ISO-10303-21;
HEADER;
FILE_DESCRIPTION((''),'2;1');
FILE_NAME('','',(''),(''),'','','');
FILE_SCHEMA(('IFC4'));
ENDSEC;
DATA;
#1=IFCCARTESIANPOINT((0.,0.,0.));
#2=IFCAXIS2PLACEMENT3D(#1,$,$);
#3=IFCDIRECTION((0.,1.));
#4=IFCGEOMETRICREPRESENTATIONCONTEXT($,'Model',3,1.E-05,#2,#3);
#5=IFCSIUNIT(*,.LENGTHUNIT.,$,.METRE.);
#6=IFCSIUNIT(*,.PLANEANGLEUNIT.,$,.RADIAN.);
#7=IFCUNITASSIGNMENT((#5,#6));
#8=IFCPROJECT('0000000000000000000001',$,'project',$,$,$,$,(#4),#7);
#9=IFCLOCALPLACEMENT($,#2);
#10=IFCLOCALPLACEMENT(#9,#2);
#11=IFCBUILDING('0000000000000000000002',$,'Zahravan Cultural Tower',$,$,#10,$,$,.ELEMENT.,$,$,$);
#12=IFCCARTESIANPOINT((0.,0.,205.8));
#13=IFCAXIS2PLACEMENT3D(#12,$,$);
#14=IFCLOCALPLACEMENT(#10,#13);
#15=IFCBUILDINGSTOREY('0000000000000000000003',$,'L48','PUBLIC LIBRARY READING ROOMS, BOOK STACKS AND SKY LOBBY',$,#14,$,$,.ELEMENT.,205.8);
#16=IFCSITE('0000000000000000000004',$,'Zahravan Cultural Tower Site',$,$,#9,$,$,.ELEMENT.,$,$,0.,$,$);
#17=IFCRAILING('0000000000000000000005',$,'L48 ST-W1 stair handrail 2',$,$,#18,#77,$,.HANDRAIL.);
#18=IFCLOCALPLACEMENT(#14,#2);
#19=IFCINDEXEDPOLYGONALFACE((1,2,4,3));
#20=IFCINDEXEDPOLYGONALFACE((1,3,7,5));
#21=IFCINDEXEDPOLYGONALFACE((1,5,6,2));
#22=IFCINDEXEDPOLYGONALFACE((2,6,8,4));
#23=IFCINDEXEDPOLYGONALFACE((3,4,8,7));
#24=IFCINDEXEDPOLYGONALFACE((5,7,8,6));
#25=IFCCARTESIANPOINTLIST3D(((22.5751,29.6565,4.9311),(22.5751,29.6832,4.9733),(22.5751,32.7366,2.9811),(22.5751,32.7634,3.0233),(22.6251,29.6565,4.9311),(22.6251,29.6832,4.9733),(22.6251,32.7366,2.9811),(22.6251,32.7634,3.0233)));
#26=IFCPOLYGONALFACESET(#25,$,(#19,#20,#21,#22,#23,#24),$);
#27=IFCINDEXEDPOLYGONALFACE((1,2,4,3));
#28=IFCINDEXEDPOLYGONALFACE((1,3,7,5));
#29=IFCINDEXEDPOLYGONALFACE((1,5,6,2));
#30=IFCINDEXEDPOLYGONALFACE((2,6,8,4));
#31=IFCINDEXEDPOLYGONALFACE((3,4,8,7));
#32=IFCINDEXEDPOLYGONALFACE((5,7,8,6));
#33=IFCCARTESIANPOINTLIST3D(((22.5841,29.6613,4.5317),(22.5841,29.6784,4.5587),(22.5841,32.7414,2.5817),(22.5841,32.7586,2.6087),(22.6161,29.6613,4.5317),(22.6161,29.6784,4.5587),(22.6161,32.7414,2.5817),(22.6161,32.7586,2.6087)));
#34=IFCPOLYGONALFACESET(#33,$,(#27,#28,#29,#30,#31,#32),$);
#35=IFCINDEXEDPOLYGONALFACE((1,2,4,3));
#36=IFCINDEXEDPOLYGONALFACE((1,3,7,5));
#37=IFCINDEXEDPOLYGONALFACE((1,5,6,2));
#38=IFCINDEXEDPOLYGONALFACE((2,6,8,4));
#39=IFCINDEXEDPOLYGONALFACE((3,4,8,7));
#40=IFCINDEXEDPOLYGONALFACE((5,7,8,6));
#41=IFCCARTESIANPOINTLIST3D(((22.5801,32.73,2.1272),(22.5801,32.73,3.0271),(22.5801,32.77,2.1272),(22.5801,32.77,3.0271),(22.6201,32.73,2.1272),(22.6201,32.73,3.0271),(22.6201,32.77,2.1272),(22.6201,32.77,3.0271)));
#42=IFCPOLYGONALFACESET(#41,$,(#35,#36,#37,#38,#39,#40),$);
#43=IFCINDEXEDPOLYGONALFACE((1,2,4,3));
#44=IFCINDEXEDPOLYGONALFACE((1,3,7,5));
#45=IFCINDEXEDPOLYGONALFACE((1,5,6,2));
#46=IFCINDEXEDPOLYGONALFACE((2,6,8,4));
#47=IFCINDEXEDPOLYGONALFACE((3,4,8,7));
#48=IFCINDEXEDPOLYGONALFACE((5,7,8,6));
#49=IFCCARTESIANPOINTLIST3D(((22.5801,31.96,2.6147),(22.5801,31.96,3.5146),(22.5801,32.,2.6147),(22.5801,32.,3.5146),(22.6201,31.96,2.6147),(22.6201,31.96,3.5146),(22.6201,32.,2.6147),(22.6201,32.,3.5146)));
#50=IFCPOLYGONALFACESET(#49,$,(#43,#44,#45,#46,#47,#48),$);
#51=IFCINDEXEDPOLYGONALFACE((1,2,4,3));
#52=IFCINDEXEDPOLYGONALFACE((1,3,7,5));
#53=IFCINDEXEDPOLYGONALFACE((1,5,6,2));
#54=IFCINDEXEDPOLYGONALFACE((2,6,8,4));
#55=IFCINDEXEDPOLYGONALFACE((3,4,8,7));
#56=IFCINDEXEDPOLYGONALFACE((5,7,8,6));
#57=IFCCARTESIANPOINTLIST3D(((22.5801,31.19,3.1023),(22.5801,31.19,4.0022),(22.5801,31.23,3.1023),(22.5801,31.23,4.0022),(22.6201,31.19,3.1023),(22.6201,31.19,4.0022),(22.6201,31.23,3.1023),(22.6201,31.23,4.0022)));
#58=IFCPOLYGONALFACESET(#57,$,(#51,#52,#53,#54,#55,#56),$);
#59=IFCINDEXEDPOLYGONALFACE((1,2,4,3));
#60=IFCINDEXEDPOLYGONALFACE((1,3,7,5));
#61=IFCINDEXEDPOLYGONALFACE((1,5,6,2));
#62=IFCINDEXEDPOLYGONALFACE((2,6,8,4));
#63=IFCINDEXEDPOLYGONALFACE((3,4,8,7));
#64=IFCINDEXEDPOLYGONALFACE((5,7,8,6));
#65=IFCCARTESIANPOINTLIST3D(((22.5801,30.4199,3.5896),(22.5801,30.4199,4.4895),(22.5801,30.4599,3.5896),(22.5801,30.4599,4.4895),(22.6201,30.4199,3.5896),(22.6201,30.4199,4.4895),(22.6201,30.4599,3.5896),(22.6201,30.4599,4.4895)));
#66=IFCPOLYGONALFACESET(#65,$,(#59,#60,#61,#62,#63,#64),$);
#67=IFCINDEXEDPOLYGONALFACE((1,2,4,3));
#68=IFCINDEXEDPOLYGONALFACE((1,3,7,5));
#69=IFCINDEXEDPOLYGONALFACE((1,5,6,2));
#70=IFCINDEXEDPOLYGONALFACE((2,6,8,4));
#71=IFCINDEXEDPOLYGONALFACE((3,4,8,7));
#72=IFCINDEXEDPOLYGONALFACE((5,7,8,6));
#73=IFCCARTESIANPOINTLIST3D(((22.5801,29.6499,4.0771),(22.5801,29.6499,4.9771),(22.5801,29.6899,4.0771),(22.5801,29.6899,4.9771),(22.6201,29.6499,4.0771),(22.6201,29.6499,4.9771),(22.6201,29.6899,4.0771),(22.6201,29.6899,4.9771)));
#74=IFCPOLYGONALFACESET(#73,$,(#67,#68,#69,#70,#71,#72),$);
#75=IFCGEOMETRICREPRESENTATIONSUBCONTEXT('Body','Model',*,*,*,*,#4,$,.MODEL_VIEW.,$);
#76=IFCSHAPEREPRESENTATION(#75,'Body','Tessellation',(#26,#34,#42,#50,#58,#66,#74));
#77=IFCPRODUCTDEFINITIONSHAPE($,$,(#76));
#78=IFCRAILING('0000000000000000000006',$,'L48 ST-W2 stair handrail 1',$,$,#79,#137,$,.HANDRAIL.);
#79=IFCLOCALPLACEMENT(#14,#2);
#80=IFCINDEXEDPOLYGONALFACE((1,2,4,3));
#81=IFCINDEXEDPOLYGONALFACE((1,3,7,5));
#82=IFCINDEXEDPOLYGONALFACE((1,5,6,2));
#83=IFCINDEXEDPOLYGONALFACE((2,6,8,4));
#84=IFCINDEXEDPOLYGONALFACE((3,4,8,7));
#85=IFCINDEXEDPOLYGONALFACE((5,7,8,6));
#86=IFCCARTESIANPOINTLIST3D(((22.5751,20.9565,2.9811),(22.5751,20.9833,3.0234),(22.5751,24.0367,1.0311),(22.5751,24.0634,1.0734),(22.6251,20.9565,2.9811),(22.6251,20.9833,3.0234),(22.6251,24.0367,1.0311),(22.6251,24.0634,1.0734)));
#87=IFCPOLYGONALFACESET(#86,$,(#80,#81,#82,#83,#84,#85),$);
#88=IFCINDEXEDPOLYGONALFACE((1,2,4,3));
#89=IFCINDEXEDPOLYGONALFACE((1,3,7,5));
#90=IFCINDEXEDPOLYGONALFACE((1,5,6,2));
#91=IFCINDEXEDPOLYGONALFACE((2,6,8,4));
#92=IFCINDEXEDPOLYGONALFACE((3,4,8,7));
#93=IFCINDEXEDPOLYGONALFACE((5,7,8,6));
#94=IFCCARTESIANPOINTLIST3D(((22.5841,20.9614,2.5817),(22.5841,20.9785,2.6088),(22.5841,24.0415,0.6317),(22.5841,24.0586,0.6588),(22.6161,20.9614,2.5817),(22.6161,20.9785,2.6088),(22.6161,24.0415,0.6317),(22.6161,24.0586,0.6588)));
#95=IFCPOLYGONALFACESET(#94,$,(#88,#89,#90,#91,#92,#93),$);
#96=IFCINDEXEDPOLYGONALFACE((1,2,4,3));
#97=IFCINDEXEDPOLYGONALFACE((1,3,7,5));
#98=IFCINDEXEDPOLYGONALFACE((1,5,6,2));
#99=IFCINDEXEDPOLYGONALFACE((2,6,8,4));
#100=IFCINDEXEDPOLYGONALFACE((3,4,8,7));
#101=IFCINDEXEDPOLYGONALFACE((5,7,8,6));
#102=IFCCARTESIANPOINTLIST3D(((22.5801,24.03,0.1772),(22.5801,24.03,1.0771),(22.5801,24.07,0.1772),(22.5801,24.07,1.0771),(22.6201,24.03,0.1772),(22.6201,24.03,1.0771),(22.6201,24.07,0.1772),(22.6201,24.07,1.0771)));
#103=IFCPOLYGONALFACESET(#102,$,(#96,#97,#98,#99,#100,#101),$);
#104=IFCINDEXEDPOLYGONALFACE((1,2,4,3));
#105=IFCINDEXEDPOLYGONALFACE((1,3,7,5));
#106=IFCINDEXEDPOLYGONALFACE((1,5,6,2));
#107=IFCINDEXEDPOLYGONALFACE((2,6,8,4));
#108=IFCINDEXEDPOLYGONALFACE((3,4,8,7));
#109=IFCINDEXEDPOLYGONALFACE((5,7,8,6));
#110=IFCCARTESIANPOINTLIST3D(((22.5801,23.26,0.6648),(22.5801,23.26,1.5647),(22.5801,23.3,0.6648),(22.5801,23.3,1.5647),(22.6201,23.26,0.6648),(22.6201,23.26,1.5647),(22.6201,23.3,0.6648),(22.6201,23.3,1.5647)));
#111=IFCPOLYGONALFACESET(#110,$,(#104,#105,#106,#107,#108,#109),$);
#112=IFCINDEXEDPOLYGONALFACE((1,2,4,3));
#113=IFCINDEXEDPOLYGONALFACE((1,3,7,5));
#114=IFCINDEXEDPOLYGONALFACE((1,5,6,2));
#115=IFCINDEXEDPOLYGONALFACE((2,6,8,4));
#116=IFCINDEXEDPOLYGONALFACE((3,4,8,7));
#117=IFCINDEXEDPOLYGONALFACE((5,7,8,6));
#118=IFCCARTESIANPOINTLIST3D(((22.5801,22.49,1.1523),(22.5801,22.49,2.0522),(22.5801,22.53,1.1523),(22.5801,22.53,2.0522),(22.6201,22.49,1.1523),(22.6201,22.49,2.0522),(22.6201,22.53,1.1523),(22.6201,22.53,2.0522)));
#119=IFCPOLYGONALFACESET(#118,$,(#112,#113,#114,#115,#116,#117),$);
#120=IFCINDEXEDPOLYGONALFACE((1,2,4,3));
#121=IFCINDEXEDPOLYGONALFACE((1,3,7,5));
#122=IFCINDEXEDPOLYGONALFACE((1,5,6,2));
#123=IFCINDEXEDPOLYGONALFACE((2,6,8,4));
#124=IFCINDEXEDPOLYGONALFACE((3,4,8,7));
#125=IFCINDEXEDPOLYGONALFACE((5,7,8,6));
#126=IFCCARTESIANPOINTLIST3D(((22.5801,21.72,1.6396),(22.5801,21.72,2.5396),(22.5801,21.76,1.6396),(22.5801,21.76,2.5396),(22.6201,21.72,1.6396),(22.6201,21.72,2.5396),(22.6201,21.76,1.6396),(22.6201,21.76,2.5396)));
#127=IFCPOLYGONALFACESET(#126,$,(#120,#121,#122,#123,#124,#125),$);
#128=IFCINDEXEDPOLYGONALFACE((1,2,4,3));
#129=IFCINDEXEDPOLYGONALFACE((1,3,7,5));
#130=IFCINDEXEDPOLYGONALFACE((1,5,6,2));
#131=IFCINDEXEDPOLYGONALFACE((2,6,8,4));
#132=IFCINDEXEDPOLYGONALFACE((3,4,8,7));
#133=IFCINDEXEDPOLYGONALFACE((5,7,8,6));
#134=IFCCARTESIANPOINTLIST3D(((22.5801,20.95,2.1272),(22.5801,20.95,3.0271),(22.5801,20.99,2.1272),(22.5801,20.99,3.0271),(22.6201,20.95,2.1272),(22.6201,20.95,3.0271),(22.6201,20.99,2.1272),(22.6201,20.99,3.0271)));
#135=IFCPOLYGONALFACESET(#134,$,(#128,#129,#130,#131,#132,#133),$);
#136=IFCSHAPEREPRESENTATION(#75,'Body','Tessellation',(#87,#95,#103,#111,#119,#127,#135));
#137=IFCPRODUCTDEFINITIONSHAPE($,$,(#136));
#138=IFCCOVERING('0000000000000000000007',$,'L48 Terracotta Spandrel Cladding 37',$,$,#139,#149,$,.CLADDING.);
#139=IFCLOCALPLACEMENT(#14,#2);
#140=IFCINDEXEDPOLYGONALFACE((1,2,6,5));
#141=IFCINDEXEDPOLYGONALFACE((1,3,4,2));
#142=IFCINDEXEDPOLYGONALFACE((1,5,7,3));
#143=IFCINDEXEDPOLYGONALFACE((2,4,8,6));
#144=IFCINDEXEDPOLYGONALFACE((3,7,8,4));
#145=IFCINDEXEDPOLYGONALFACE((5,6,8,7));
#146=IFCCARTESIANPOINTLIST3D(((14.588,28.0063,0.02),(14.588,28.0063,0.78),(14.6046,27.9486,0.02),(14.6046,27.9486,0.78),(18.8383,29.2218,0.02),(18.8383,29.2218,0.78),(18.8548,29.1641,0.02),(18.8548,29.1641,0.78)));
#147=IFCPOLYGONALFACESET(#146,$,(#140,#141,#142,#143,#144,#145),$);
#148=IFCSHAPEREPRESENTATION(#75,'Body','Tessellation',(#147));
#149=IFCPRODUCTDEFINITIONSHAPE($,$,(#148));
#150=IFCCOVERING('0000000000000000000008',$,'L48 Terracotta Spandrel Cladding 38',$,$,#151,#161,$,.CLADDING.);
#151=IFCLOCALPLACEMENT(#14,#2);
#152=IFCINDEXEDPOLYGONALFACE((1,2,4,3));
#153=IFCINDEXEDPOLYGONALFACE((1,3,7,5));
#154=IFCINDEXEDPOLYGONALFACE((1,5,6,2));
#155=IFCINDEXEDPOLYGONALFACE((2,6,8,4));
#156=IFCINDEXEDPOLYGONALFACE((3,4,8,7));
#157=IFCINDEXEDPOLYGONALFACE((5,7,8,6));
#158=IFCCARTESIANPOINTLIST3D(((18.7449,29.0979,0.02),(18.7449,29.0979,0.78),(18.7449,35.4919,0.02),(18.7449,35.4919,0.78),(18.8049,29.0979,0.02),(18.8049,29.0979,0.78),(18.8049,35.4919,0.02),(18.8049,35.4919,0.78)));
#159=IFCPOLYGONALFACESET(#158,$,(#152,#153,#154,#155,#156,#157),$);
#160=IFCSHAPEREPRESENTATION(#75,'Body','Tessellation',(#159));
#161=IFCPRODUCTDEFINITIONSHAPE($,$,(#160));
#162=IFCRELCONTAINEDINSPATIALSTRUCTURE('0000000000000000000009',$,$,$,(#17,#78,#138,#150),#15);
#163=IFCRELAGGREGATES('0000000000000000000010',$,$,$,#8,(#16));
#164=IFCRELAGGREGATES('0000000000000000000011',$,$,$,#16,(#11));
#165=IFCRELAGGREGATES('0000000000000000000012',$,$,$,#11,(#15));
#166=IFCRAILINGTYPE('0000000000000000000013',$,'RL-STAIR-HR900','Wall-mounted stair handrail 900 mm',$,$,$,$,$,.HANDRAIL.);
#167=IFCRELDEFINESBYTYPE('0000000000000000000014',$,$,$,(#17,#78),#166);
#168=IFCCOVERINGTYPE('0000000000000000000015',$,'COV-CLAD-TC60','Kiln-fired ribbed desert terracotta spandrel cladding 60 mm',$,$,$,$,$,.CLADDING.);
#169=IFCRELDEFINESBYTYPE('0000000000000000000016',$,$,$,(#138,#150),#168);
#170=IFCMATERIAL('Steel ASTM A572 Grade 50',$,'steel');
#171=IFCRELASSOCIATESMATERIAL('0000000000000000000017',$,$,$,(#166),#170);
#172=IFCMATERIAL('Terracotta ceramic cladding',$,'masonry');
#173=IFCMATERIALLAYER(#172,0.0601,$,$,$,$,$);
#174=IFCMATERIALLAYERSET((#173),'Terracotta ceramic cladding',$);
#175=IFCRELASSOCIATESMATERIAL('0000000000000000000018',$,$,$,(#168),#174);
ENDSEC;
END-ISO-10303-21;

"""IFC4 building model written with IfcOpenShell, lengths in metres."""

from ifc_helpers import new_model, si_unit, direction, frame, origin, origin_2d, place, context, subcontext, project, spatial, rectangle, extrude, source, transform, mapped, material, layer, layer_set, type_object, element, save


model = new_model("IFC4")

# Units and contexts
model_context = context("Model", 3, precision=1e-05, world=origin(), true_north=direction((0.0, 1.0)))
body_context = subcontext(model_context, "Body", "Model", "MODEL_VIEW")
ifc_project = project(units=[si_unit("LENGTHUNIT", "METRE"), si_unit("PLANEANGLEUNIT", "RADIAN")], contexts=[model_context])

# Site, building, storey
site_placement = place(None, origin())
site = spatial("IfcSite", under=ifc_project, at=site_placement, Name="Zahravan Cultural Tower Site", CompositionType="ELEMENT", RefElevation=0.0)
building_placement = place(site_placement, origin())
building = spatial("IfcBuilding", under=site, at=building_placement, Name="Zahravan Cultural Tower", CompositionType="ELEMENT")
storey_placement = place(building_placement, frame((0.0, 0.0, 205.8)))
storey = spatial("IfcBuildingStorey", under=building, at=storey_placement, Name="L48", Description="PUBLIC LIBRARY READING ROOMS, BOOK STACKS AND SKY LOBBY", CompositionType="ELEMENT", Elevation=205.8)

# Railings
ifc_material_1 = material(Name="Steel ASTM A572 Grade 50", Category="steel")
railing_type_1 = type_object("IfcRailingType", Name="RL-STAIR-HR900", Description="Wall-mounted stair handrail 900 mm", PredefinedType="HANDRAIL", material=ifc_material_1)
for number, where, name in (
    (1, (22.6001, 32.75, 2.1272), "L48 ST-W1 stair handrail 2"),
    (2, (22.6001, 24.05, 0.1772), "L48 ST-W2 stair handrail 1"),
):
    element("IfcRailing", number, at=place(storey_placement, frame(where)), inside=storey, type_object=railing_type_1, Name=name, PredefinedType="HANDRAIL", context=body_context, shape_type="SweptSolid", body=[
        extrude(rectangle(XDim=0.05, YDim=0.05, at=origin_2d()), frame((0.0, 0.0, 0.875), z_axis=(0.0, -0.844914, 0.534902), x_axis=(1.0, 0.0, 0.0)), (0.0, 0.0, 1.0), 3.6455),
        extrude(rectangle(XDim=0.032, YDim=0.032, at=origin_2d()), frame((0.0, 0.0, 0.468), z_axis=(0.0, -0.844914, 0.534902), x_axis=(1.0, 0.0, 0.0)), (0.0, 0.0, 1.0), 3.6455),
        extrude(rectangle(XDim=0.04, YDim=0.04, at=origin_2d()), origin(), (0.0, 0.0, 1.0), 0.8999),
        extrude(rectangle(XDim=0.04, YDim=0.04, at=origin_2d()), frame((0.0, -0.77, 0.4875)), (0.0, 0.0, 1.0), 0.8999),
        extrude(rectangle(XDim=0.04, YDim=0.04, at=origin_2d()), frame((0.0, -1.54, 0.9751)), (0.0, 0.0, 1.0), 0.8999),
        extrude(rectangle(XDim=0.04, YDim=0.04, at=origin_2d()), frame((0.0, -2.3101, 1.4624)), (0.0, 0.0, 1.0), 0.8999),
        extrude(rectangle(XDim=0.04, YDim=0.04, at=origin_2d()), frame((0.0, -3.0801, 1.95)), (0.0, 0.0, 1.0), 0.8999),
    ])

# Coverings
ifc_material_2 = material(Name="Terracotta ceramic cladding", Category="masonry")
ifc_layer_1 = layer(ifc_material_2, 0.0601)
ifc_layer_set_1 = layer_set([ifc_layer_1], Name="Terracotta ceramic cladding")
covering_type = type_object("IfcCoveringType", Name="COV-CLAD-TC60", Description="Kiln-fired ribbed desert terracotta spandrel cladding 60 mm", PredefinedType="CLADDING", material=ifc_layer_set_1)
shared_shape_1 = source(origin(), body_context, "Body", "SweptSolid", [
    extrude(rectangle(XDim=4.4207, YDim=0.0601, at=origin_2d()), origin(), (0.0, 0.0, 1.0), 0.76),
])
covering_1_placement = place(storey_placement, frame((16.7214, 28.5852, 0.02), z_axis=(0.0, 0.0, 1.0), x_axis=(0.961459, 0.274949, 0.0)))
element("IfcCovering", 3, at=covering_1_placement, inside=storey, type_object=covering_type, Name="L48 Terracotta Spandrel Cladding 37", PredefinedType="CLADDING", context=body_context, shape_type="MappedRepresentation", body=[
    mapped(shared_shape_1, transform((0.0, 0.0, 0.0), x_axis=(1.0, 0.0, 0.0), y_axis=(0.0, 1.0, 0.0), z_axis=(0.0, 0.0, 1.0), scale=1.0)),
])
shared_shape_2 = source(origin(), body_context, "Body", "SweptSolid", [
    extrude(rectangle(XDim=6.394, YDim=0.0601, at=origin_2d()), origin(), (0.0, 0.0, 1.0), 0.76),
])
covering_2_placement = place(storey_placement, frame((18.7749, 32.2949, 0.02), z_axis=(0.0, 0.0, 1.0), x_axis=(0.0, 1.0, 0.0)))
element("IfcCovering", 4, at=covering_2_placement, inside=storey, type_object=covering_type, Name="L48 Terracotta Spandrel Cladding 38", PredefinedType="CLADDING", context=body_context, shape_type="MappedRepresentation", body=[
    mapped(shared_shape_2, transform((0.0, 0.0, 0.0), x_axis=(1.0, 0.0, 0.0), y_axis=(0.0, 1.0, 0.0), z_axis=(0.0, 0.0, 1.0), scale=1.0)),
])

save(model, "model.ifc")
